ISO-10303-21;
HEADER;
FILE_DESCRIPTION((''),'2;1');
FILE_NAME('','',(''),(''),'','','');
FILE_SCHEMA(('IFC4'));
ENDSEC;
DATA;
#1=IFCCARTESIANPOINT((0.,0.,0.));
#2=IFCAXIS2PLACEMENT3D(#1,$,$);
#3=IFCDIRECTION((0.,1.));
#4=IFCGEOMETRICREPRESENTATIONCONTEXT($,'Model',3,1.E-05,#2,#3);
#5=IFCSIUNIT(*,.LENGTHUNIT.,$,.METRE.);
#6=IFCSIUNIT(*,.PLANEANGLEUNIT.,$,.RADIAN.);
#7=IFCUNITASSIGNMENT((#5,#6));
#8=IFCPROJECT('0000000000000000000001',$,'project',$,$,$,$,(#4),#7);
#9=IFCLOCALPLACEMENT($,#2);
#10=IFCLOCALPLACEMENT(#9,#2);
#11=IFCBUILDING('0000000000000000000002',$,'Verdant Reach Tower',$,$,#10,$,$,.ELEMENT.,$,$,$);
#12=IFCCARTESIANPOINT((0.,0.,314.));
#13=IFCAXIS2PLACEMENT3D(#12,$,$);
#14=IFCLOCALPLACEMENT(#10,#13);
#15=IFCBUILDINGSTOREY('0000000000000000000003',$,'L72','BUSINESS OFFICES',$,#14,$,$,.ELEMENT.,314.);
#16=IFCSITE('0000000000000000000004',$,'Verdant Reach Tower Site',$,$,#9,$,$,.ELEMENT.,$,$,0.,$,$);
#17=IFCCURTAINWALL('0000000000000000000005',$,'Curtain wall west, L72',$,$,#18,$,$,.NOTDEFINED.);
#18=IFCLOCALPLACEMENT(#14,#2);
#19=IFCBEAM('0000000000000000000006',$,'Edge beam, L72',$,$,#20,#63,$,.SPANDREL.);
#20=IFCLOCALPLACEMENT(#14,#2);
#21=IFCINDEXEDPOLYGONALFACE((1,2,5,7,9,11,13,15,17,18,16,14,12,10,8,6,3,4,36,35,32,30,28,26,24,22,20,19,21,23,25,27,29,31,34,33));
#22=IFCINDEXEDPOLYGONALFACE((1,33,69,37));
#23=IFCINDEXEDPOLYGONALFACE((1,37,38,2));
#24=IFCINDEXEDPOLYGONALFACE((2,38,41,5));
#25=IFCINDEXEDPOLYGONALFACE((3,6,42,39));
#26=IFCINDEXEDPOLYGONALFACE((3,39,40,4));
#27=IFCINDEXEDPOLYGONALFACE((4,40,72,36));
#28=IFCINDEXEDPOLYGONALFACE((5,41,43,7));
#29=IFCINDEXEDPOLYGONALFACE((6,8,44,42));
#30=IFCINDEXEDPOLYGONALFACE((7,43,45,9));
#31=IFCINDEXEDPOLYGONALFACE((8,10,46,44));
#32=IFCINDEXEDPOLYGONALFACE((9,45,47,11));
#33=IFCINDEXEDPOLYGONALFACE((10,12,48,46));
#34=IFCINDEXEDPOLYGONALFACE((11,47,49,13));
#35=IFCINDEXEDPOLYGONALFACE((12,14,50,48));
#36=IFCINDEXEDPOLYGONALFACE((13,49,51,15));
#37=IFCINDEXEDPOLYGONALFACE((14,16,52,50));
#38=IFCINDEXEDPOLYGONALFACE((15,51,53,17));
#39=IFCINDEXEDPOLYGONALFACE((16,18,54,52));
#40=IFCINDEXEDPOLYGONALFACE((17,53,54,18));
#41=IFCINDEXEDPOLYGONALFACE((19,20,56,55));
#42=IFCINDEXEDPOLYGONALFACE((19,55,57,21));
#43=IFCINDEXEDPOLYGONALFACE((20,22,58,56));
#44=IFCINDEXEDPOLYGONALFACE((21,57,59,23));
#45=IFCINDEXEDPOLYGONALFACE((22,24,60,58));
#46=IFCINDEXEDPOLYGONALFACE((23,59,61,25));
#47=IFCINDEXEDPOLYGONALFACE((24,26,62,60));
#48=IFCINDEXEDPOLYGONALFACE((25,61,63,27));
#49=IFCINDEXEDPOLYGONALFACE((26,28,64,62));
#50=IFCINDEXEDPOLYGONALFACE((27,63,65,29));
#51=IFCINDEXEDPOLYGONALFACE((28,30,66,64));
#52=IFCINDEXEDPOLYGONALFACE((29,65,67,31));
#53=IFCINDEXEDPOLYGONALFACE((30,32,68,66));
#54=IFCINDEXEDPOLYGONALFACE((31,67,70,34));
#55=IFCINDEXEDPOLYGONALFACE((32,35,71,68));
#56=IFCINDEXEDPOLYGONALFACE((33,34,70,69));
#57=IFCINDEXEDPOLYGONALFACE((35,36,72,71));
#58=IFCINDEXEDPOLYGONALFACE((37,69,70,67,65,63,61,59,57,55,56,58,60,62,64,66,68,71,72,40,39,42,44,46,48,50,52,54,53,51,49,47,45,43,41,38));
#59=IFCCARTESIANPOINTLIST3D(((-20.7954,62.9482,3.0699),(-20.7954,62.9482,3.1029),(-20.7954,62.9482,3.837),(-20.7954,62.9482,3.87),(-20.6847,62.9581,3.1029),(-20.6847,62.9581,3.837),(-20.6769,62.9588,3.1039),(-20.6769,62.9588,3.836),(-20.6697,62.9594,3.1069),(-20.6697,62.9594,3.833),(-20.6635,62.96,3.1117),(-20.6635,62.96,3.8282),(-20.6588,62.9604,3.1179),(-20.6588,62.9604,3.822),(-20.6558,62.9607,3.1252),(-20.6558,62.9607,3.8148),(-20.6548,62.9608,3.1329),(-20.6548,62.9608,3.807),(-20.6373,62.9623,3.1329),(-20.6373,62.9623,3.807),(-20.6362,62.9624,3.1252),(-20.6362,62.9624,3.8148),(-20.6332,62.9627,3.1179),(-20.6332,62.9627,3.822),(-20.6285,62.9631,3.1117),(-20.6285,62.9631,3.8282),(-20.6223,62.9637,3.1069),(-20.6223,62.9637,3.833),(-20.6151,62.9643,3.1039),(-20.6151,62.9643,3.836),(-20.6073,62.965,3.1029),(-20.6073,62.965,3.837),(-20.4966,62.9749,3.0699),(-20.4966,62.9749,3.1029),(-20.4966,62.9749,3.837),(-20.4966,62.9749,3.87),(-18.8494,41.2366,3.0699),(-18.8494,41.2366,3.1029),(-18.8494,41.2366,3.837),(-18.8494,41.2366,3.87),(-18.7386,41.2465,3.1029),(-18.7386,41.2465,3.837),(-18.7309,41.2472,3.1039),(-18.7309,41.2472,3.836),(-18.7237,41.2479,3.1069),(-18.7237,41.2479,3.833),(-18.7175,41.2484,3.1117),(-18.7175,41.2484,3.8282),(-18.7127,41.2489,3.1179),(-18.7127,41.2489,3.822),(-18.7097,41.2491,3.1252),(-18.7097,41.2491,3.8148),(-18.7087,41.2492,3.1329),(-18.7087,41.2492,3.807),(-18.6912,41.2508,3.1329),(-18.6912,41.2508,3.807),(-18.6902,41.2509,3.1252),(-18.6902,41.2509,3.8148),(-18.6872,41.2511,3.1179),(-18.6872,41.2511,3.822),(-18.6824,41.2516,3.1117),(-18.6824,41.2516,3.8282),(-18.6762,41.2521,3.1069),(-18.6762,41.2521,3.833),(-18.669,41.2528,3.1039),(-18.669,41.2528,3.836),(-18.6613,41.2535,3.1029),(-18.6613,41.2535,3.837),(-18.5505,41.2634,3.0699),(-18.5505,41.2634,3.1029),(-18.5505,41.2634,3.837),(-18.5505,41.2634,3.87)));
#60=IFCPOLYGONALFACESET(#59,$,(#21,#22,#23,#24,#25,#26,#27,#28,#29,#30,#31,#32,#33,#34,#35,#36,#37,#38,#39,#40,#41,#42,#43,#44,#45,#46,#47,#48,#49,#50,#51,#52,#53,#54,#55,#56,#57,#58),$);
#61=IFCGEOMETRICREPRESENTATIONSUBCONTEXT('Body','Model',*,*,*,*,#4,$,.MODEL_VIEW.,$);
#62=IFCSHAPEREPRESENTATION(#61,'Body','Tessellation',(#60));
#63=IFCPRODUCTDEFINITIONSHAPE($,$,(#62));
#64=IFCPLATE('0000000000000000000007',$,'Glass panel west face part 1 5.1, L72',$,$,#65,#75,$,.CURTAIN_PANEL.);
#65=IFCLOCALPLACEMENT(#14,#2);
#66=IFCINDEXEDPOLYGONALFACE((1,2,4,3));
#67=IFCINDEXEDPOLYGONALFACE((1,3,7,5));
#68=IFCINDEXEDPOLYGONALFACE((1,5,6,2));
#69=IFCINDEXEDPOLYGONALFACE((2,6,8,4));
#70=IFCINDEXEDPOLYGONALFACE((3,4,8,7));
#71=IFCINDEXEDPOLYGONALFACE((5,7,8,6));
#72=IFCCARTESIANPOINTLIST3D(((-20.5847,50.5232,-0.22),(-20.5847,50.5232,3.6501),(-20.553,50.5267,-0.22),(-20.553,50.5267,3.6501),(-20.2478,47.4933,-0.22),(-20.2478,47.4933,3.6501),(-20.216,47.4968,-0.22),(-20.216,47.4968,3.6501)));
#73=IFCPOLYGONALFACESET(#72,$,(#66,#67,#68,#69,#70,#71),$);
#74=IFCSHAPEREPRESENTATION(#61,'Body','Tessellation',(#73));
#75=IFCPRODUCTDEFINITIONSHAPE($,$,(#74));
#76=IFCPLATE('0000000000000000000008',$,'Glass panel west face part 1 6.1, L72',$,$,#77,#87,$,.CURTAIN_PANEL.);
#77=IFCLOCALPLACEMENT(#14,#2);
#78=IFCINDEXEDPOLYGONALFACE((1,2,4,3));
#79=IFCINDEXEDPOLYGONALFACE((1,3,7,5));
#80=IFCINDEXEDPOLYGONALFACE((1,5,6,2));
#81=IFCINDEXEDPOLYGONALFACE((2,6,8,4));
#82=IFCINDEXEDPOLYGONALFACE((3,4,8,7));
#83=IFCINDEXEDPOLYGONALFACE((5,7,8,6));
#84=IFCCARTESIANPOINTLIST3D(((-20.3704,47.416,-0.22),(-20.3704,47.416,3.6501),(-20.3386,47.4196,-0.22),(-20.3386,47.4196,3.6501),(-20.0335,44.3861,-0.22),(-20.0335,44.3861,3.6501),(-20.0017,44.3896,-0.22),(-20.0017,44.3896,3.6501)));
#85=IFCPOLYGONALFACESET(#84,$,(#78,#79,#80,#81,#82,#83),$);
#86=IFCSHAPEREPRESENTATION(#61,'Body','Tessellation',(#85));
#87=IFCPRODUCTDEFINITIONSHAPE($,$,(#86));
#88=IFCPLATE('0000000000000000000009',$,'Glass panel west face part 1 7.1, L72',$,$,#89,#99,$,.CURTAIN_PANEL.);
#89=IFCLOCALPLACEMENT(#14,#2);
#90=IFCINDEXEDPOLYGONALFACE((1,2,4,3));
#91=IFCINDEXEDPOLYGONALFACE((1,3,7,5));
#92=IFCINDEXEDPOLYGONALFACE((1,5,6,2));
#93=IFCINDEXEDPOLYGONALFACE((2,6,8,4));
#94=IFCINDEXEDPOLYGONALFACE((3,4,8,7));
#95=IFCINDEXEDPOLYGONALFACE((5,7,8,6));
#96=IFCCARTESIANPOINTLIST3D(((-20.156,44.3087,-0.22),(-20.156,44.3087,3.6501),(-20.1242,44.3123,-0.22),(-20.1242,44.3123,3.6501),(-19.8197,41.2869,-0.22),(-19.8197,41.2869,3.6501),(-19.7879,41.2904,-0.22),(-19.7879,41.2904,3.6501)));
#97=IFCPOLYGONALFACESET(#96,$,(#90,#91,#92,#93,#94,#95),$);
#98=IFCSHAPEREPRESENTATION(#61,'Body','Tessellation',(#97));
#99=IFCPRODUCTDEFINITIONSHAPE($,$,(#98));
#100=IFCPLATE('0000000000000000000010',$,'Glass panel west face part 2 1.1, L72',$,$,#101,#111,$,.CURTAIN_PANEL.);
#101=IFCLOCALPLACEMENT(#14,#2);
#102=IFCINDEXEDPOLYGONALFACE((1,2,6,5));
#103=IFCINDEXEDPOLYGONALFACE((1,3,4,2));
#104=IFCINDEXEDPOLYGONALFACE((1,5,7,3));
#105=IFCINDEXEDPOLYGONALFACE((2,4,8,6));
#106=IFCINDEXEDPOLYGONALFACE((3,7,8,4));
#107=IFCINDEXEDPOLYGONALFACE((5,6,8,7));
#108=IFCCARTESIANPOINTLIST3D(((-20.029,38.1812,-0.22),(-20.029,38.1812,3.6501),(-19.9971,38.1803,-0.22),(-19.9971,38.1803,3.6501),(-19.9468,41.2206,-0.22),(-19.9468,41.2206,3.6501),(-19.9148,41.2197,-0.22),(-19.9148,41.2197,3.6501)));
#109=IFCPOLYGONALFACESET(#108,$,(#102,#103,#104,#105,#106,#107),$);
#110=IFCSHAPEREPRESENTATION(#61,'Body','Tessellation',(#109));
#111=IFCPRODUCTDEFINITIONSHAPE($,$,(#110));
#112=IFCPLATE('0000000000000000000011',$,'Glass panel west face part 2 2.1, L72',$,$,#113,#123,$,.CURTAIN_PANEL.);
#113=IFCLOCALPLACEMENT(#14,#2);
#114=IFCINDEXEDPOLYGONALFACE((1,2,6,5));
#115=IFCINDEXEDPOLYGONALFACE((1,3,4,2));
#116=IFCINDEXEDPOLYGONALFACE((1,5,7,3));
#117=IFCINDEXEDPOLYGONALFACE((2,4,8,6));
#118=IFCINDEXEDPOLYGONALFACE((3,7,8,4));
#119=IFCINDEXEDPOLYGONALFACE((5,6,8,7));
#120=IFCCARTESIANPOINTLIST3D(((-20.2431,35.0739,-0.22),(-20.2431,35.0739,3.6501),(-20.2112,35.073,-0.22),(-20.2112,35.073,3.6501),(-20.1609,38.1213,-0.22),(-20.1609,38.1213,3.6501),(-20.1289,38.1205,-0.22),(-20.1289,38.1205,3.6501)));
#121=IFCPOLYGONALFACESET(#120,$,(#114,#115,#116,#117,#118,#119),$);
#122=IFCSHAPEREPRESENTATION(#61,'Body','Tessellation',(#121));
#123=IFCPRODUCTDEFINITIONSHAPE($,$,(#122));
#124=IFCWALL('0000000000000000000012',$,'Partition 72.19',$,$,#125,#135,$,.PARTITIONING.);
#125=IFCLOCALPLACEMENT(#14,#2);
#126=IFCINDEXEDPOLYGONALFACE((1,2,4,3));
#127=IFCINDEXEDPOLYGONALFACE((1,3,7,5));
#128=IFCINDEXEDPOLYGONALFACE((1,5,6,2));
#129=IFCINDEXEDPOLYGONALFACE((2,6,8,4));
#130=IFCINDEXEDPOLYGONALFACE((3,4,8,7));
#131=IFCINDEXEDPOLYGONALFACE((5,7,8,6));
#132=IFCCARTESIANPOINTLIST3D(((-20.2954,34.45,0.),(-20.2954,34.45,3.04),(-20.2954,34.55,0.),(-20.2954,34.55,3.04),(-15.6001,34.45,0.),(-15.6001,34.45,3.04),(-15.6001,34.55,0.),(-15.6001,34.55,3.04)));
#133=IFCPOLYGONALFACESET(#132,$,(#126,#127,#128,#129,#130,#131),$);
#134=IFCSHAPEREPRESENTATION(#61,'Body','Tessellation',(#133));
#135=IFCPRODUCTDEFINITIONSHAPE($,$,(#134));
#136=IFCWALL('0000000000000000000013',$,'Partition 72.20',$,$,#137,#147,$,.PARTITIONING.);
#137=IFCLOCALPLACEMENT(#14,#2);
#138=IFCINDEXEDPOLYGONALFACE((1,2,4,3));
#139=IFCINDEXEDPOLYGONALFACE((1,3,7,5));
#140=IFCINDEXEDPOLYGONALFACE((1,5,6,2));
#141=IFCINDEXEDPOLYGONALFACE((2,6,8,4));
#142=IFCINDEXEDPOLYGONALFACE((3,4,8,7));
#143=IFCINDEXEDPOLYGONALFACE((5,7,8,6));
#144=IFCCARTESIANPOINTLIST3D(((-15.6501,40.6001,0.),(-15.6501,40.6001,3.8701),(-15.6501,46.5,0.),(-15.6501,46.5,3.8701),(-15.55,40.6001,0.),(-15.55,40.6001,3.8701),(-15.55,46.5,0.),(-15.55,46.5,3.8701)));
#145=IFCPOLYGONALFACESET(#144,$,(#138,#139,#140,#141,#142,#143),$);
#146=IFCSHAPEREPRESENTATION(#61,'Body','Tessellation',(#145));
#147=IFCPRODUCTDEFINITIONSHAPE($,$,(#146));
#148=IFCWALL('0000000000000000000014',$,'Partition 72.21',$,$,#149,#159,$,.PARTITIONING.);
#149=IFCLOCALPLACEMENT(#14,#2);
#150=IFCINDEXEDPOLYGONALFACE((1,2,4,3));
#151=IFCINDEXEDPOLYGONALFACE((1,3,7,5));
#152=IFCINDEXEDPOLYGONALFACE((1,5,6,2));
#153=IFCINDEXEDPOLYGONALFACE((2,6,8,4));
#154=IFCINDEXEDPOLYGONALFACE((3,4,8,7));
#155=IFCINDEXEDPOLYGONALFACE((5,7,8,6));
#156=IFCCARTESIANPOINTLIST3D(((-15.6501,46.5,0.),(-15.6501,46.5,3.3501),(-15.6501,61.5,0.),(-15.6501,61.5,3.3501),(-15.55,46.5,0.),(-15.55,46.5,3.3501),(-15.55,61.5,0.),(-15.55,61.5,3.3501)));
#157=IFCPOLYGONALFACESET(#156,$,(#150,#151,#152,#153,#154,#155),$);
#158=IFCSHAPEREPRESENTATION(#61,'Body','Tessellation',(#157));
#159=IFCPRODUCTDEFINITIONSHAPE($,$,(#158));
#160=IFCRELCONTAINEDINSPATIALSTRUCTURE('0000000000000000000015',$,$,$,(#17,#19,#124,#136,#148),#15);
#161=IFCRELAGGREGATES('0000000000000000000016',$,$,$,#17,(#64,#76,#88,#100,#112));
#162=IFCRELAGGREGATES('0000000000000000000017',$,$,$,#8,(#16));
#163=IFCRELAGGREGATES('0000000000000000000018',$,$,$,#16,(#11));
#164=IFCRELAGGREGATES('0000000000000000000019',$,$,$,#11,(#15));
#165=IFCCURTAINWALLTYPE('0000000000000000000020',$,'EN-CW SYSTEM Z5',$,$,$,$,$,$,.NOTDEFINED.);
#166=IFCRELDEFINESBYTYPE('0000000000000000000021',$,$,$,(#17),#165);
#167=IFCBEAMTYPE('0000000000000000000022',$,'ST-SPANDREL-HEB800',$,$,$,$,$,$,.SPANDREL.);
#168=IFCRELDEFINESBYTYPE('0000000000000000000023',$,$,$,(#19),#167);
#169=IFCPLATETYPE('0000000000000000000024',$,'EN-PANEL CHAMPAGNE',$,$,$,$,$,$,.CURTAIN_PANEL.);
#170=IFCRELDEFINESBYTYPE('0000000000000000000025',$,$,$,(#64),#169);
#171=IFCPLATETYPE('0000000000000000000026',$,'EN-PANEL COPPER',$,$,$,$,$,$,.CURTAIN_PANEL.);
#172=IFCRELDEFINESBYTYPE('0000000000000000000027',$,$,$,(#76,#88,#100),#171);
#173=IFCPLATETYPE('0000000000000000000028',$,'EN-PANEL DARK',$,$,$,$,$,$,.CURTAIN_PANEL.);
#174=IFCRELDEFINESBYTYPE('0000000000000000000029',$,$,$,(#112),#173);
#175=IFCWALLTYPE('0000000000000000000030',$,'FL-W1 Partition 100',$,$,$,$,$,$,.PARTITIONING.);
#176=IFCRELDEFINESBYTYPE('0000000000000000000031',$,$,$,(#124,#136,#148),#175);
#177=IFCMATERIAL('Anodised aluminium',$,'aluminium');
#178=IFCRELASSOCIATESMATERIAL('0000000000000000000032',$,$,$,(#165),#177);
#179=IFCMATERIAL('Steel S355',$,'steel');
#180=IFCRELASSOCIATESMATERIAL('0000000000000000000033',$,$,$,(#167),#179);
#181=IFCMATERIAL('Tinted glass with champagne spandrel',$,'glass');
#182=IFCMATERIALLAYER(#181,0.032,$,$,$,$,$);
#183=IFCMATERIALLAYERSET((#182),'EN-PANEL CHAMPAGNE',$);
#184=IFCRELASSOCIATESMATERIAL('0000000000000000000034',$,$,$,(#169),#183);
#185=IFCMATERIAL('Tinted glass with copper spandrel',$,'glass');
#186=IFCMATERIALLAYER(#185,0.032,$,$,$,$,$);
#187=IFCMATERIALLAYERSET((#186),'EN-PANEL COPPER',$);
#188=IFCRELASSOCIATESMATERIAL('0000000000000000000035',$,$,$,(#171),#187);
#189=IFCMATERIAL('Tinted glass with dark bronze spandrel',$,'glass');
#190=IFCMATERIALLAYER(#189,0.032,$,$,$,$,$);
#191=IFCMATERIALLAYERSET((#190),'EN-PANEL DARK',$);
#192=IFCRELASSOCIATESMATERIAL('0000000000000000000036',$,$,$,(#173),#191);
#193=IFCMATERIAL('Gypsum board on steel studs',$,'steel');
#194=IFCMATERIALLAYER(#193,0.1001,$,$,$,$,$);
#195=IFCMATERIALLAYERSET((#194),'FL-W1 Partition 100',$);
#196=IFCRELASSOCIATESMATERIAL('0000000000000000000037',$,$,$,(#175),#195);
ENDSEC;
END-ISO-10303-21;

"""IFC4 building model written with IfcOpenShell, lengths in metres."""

from ifc_helpers import new_model, si_unit, direction, frame, frame_2d, origin, origin_2d, place, context, subcontext, project, spatial, rectangle, i_section, extrude, material, layer, layer_set, material_profile, profile_set, type_object, element, aggregate, save


model = new_model("IFC4")

# Units and contexts
model_context = context("Model", 3, precision=1e-05, world=origin(), true_north=direction((0.0, 1.0)))
body_context = subcontext(model_context, "Body", "Model", "MODEL_VIEW")
ifc_project = project(units=[si_unit("LENGTHUNIT", "METRE"), si_unit("PLANEANGLEUNIT", "RADIAN")], contexts=[model_context])

# Site, building, storey
site_placement = place(None, origin())
site = spatial("IfcSite", under=ifc_project, at=site_placement, Name="Verdant Reach Tower Site", CompositionType="ELEMENT", RefElevation=0.0)
building_placement = place(site_placement, origin())
building = spatial("IfcBuilding", under=site, at=building_placement, Name="Verdant Reach Tower", CompositionType="ELEMENT")
storey_placement = place(building_placement, frame((0.0, 0.0, 314.0)))
storey = spatial("IfcBuildingStorey", under=building, at=storey_placement, Name="L72", Description="BUSINESS OFFICES", CompositionType="ELEMENT", Elevation=314.0)

# Curtain wall
ifc_material_1 = material(Name="Anodised aluminium", Category="aluminium")
curtain_wall_type = type_object("IfcCurtainWallType", Name="EN-CW SYSTEM Z5", PredefinedType="NOTDEFINED", material=ifc_material_1)
curtain_wall_placement = place(storey_placement, origin())
curtain_wall = element("IfcCurtainWall", 1, at=curtain_wall_placement, inside=storey, type_object=curtain_wall_type, Name="Curtain wall west, L72", PredefinedType="NOTDEFINED")

# Beam
ifc_material_2 = material(Name="Steel S355", Category="steel")
ifc_material_profile_1 = material_profile(ifc_material_2, i_section(OverallWidth=0.3, OverallDepth=0.8, WebThickness=0.0176, FlangeThickness=0.033, FilletRadius=0.03, at=origin_2d()), Name="HEB 800")
ifc_profile_set_1 = profile_set([ifc_material_profile_1], Name="Steel S355")
beam_type_1 = type_object("IfcBeamType", Name="ST-SPANDREL-HEB800", PredefinedType="SPANDREL", material=ifc_profile_set_1)
beam_1_placement = place(storey_placement, frame((-18.7, 41.25, 3.47), z_axis=(-0.089274, 0.996007, 0.0), x_axis=(-0.996007, -0.089274, 0.0)))
element("IfcBeam", 2, at=beam_1_placement, inside=storey, type_object=beam_type_1, Name="Edge beam, L72", PredefinedType="SPANDREL", context=body_context, shape_type="SweptSolid", body=[
    extrude(i_section(OverallWidth=0.3, OverallDepth=0.8, WebThickness=0.0176, FlangeThickness=0.033, FilletRadius=0.03, at=origin_2d()), origin(), (0.0, 0.0, 1.0), 21.7986),
])

# Plates
ifc_material_3 = material(Name="Tinted glass with champagne spandrel", Category="glass")
ifc_layer_1 = layer(ifc_material_3, 0.032)
ifc_layer_set_1 = layer_set([ifc_layer_1], Name="EN-PANEL CHAMPAGNE")
plate_type_1 = type_object("IfcPlateType", Name="EN-PANEL CHAMPAGNE", PredefinedType="CURTAIN_PANEL", material=ifc_layer_set_1)
plate_1_placement = place(storey_placement, frame((-20.4004, 49.01, -0.22), z_axis=(0.0, 0.0, 1.0), x_axis=(0.110518, -0.993874, 0.0)))
plate_1 = element("IfcPlate", 3, at=plate_1_placement, type_object=plate_type_1, Name="Glass panel west face part 1 5.1, L72", PredefinedType="CURTAIN_PANEL", context=body_context, shape_type="SweptSolid", body=[
    extrude(rectangle(XDim=3.0486, YDim=0.032, at=origin_2d()), origin(), (0.0, 0.0, 1.0), 3.8701),
])
ifc_material_4 = material(Name="Tinted glass with copper spandrel", Category="glass")
ifc_layer_2 = layer(ifc_material_4, 0.032)
ifc_layer_set_2 = layer_set([ifc_layer_2], Name="EN-PANEL COPPER")
plate_type_2 = type_object("IfcPlateType", Name="EN-PANEL COPPER", PredefinedType="CURTAIN_PANEL", material=ifc_layer_set_2)
plate_2_placement = place(storey_placement, frame((-20.186, 45.9028, -0.22), z_axis=(0.0, 0.0, 1.0), x_axis=(0.110518, -0.993874, 0.0)))
plate_2 = element("IfcPlate", 4, at=plate_2_placement, type_object=plate_type_2, Name="Glass panel west face part 1 6.1, L72", PredefinedType="CURTAIN_PANEL", context=body_context, shape_type="SweptSolid", body=[
    extrude(rectangle(XDim=3.0486, YDim=0.032, at=origin_2d()), origin(), (0.0, 0.0, 1.0), 3.8701),
])
plate_3_placement = place(storey_placement, frame((-19.9719, 42.7996, -0.22), z_axis=(0.0, 0.0, 1.0), x_axis=(0.110605, -0.993864, 0.0)))
plate_3 = element("IfcPlate", 5, at=plate_3_placement, type_object=plate_type_2, Name="Glass panel west face part 1 7.1, L72", PredefinedType="CURTAIN_PANEL", context=body_context, shape_type="SweptSolid", body=[
    extrude(rectangle(XDim=3.0405, YDim=0.032, at=origin_2d()), origin(), (0.0, 0.0, 1.0), 3.8701),
])
plate_4_placement = place(storey_placement, frame((-19.9719, 39.7004, -0.22), z_axis=(0.0, 0.0, 1.0), x_axis=(-0.027053, -0.999634, 0.0)))
plate_4 = element("IfcPlate", 6, at=plate_4_placement, type_object=plate_type_2, Name="Glass panel west face part 2 1.1, L72", PredefinedType="CURTAIN_PANEL", context=body_context, shape_type="SweptSolid", body=[
    extrude(rectangle(XDim=3.0405, YDim=0.032, at=origin_2d()), origin(), (0.0, 0.0, 1.0), 3.8701),
])
ifc_material_5 = material(Name="Tinted glass with dark bronze spandrel", Category="glass")
ifc_layer_3 = layer(ifc_material_5, 0.032)
ifc_layer_set_3 = layer_set([ifc_layer_3], Name="EN-PANEL DARK")
plate_type_3 = type_object("IfcPlateType", Name="EN-PANEL DARK", PredefinedType="CURTAIN_PANEL", material=ifc_layer_set_3)
plate_5_placement = place(storey_placement, frame((-20.186, 36.5972, -0.22), z_axis=(0.0, 0.0, 1.0), x_axis=(-0.026965, -0.999636, 0.0)))
plate_5 = element("IfcPlate", 7, at=plate_5_placement, type_object=plate_type_3, Name="Glass panel west face part 2 2.1, L72", PredefinedType="CURTAIN_PANEL", context=body_context, shape_type="SweptSolid", body=[
    extrude(rectangle(XDim=3.0486, YDim=0.032, at=origin_2d()), origin(), (0.0, 0.0, 1.0), 3.8701),
])
aggregate(curtain_wall, [plate_1, plate_2, plate_3, plate_4, plate_5])

# Walls
ifc_material_6 = material(Name="Gypsum board on steel studs", Category="steel")
ifc_layer_4 = layer(ifc_material_6, 0.1001)
ifc_layer_set_4 = layer_set([ifc_layer_4], Name="FL-W1 Partition 100")
wall_type_1 = type_object("IfcWallType", Name="FL-W1 Partition 100", PredefinedType="PARTITIONING", material=ifc_layer_set_4)
wall_1_placement = place(storey_placement, frame((-15.6001, 34.5, 0.0), z_axis=(0.0, 0.0, 1.0), x_axis=(-1.0, 0.0, 0.0)))
element("IfcWall", 8, at=wall_1_placement, inside=storey, type_object=wall_type_1, Name="Partition 72.19", PredefinedType="PARTITIONING", context=body_context, shape_type="SweptSolid", body=[
    extrude(rectangle(XDim=4.6953, YDim=0.1001, at=frame_2d((2.3477, 0.0))), origin(), (0.0, 0.0, 1.0), 3.04),
])
wall_2_placement = place(storey_placement, frame((-15.6001, 40.6001, 0.0), z_axis=(0.0, 0.0, 1.0), x_axis=(0.0, 1.0, 0.0)))
element("IfcWall", 9, at=wall_2_placement, inside=storey, type_object=wall_type_1, Name="Partition 72.20", PredefinedType="PARTITIONING", context=body_context, shape_type="SweptSolid", body=[
    extrude(rectangle(XDim=5.8999, YDim=0.1001, at=frame_2d((2.95, 0.0))), origin(), (0.0, 0.0, 1.0), 3.8701),
])
wall_3_placement = place(storey_placement, frame((-15.6001, 46.5, 0.0), z_axis=(0.0, 0.0, 1.0), x_axis=(0.0, 1.0, 0.0)))
element("IfcWall", 10, at=wall_3_placement, inside=storey, type_object=wall_type_1, Name="Partition 72.21", PredefinedType="PARTITIONING", context=body_context, shape_type="SweptSolid", body=[
    extrude(rectangle(XDim=15.0, YDim=0.1001, at=frame_2d((7.5, 0.0))), origin(), (0.0, 0.0, 1.0), 3.3501),
])

save(model, "model.ifc")
